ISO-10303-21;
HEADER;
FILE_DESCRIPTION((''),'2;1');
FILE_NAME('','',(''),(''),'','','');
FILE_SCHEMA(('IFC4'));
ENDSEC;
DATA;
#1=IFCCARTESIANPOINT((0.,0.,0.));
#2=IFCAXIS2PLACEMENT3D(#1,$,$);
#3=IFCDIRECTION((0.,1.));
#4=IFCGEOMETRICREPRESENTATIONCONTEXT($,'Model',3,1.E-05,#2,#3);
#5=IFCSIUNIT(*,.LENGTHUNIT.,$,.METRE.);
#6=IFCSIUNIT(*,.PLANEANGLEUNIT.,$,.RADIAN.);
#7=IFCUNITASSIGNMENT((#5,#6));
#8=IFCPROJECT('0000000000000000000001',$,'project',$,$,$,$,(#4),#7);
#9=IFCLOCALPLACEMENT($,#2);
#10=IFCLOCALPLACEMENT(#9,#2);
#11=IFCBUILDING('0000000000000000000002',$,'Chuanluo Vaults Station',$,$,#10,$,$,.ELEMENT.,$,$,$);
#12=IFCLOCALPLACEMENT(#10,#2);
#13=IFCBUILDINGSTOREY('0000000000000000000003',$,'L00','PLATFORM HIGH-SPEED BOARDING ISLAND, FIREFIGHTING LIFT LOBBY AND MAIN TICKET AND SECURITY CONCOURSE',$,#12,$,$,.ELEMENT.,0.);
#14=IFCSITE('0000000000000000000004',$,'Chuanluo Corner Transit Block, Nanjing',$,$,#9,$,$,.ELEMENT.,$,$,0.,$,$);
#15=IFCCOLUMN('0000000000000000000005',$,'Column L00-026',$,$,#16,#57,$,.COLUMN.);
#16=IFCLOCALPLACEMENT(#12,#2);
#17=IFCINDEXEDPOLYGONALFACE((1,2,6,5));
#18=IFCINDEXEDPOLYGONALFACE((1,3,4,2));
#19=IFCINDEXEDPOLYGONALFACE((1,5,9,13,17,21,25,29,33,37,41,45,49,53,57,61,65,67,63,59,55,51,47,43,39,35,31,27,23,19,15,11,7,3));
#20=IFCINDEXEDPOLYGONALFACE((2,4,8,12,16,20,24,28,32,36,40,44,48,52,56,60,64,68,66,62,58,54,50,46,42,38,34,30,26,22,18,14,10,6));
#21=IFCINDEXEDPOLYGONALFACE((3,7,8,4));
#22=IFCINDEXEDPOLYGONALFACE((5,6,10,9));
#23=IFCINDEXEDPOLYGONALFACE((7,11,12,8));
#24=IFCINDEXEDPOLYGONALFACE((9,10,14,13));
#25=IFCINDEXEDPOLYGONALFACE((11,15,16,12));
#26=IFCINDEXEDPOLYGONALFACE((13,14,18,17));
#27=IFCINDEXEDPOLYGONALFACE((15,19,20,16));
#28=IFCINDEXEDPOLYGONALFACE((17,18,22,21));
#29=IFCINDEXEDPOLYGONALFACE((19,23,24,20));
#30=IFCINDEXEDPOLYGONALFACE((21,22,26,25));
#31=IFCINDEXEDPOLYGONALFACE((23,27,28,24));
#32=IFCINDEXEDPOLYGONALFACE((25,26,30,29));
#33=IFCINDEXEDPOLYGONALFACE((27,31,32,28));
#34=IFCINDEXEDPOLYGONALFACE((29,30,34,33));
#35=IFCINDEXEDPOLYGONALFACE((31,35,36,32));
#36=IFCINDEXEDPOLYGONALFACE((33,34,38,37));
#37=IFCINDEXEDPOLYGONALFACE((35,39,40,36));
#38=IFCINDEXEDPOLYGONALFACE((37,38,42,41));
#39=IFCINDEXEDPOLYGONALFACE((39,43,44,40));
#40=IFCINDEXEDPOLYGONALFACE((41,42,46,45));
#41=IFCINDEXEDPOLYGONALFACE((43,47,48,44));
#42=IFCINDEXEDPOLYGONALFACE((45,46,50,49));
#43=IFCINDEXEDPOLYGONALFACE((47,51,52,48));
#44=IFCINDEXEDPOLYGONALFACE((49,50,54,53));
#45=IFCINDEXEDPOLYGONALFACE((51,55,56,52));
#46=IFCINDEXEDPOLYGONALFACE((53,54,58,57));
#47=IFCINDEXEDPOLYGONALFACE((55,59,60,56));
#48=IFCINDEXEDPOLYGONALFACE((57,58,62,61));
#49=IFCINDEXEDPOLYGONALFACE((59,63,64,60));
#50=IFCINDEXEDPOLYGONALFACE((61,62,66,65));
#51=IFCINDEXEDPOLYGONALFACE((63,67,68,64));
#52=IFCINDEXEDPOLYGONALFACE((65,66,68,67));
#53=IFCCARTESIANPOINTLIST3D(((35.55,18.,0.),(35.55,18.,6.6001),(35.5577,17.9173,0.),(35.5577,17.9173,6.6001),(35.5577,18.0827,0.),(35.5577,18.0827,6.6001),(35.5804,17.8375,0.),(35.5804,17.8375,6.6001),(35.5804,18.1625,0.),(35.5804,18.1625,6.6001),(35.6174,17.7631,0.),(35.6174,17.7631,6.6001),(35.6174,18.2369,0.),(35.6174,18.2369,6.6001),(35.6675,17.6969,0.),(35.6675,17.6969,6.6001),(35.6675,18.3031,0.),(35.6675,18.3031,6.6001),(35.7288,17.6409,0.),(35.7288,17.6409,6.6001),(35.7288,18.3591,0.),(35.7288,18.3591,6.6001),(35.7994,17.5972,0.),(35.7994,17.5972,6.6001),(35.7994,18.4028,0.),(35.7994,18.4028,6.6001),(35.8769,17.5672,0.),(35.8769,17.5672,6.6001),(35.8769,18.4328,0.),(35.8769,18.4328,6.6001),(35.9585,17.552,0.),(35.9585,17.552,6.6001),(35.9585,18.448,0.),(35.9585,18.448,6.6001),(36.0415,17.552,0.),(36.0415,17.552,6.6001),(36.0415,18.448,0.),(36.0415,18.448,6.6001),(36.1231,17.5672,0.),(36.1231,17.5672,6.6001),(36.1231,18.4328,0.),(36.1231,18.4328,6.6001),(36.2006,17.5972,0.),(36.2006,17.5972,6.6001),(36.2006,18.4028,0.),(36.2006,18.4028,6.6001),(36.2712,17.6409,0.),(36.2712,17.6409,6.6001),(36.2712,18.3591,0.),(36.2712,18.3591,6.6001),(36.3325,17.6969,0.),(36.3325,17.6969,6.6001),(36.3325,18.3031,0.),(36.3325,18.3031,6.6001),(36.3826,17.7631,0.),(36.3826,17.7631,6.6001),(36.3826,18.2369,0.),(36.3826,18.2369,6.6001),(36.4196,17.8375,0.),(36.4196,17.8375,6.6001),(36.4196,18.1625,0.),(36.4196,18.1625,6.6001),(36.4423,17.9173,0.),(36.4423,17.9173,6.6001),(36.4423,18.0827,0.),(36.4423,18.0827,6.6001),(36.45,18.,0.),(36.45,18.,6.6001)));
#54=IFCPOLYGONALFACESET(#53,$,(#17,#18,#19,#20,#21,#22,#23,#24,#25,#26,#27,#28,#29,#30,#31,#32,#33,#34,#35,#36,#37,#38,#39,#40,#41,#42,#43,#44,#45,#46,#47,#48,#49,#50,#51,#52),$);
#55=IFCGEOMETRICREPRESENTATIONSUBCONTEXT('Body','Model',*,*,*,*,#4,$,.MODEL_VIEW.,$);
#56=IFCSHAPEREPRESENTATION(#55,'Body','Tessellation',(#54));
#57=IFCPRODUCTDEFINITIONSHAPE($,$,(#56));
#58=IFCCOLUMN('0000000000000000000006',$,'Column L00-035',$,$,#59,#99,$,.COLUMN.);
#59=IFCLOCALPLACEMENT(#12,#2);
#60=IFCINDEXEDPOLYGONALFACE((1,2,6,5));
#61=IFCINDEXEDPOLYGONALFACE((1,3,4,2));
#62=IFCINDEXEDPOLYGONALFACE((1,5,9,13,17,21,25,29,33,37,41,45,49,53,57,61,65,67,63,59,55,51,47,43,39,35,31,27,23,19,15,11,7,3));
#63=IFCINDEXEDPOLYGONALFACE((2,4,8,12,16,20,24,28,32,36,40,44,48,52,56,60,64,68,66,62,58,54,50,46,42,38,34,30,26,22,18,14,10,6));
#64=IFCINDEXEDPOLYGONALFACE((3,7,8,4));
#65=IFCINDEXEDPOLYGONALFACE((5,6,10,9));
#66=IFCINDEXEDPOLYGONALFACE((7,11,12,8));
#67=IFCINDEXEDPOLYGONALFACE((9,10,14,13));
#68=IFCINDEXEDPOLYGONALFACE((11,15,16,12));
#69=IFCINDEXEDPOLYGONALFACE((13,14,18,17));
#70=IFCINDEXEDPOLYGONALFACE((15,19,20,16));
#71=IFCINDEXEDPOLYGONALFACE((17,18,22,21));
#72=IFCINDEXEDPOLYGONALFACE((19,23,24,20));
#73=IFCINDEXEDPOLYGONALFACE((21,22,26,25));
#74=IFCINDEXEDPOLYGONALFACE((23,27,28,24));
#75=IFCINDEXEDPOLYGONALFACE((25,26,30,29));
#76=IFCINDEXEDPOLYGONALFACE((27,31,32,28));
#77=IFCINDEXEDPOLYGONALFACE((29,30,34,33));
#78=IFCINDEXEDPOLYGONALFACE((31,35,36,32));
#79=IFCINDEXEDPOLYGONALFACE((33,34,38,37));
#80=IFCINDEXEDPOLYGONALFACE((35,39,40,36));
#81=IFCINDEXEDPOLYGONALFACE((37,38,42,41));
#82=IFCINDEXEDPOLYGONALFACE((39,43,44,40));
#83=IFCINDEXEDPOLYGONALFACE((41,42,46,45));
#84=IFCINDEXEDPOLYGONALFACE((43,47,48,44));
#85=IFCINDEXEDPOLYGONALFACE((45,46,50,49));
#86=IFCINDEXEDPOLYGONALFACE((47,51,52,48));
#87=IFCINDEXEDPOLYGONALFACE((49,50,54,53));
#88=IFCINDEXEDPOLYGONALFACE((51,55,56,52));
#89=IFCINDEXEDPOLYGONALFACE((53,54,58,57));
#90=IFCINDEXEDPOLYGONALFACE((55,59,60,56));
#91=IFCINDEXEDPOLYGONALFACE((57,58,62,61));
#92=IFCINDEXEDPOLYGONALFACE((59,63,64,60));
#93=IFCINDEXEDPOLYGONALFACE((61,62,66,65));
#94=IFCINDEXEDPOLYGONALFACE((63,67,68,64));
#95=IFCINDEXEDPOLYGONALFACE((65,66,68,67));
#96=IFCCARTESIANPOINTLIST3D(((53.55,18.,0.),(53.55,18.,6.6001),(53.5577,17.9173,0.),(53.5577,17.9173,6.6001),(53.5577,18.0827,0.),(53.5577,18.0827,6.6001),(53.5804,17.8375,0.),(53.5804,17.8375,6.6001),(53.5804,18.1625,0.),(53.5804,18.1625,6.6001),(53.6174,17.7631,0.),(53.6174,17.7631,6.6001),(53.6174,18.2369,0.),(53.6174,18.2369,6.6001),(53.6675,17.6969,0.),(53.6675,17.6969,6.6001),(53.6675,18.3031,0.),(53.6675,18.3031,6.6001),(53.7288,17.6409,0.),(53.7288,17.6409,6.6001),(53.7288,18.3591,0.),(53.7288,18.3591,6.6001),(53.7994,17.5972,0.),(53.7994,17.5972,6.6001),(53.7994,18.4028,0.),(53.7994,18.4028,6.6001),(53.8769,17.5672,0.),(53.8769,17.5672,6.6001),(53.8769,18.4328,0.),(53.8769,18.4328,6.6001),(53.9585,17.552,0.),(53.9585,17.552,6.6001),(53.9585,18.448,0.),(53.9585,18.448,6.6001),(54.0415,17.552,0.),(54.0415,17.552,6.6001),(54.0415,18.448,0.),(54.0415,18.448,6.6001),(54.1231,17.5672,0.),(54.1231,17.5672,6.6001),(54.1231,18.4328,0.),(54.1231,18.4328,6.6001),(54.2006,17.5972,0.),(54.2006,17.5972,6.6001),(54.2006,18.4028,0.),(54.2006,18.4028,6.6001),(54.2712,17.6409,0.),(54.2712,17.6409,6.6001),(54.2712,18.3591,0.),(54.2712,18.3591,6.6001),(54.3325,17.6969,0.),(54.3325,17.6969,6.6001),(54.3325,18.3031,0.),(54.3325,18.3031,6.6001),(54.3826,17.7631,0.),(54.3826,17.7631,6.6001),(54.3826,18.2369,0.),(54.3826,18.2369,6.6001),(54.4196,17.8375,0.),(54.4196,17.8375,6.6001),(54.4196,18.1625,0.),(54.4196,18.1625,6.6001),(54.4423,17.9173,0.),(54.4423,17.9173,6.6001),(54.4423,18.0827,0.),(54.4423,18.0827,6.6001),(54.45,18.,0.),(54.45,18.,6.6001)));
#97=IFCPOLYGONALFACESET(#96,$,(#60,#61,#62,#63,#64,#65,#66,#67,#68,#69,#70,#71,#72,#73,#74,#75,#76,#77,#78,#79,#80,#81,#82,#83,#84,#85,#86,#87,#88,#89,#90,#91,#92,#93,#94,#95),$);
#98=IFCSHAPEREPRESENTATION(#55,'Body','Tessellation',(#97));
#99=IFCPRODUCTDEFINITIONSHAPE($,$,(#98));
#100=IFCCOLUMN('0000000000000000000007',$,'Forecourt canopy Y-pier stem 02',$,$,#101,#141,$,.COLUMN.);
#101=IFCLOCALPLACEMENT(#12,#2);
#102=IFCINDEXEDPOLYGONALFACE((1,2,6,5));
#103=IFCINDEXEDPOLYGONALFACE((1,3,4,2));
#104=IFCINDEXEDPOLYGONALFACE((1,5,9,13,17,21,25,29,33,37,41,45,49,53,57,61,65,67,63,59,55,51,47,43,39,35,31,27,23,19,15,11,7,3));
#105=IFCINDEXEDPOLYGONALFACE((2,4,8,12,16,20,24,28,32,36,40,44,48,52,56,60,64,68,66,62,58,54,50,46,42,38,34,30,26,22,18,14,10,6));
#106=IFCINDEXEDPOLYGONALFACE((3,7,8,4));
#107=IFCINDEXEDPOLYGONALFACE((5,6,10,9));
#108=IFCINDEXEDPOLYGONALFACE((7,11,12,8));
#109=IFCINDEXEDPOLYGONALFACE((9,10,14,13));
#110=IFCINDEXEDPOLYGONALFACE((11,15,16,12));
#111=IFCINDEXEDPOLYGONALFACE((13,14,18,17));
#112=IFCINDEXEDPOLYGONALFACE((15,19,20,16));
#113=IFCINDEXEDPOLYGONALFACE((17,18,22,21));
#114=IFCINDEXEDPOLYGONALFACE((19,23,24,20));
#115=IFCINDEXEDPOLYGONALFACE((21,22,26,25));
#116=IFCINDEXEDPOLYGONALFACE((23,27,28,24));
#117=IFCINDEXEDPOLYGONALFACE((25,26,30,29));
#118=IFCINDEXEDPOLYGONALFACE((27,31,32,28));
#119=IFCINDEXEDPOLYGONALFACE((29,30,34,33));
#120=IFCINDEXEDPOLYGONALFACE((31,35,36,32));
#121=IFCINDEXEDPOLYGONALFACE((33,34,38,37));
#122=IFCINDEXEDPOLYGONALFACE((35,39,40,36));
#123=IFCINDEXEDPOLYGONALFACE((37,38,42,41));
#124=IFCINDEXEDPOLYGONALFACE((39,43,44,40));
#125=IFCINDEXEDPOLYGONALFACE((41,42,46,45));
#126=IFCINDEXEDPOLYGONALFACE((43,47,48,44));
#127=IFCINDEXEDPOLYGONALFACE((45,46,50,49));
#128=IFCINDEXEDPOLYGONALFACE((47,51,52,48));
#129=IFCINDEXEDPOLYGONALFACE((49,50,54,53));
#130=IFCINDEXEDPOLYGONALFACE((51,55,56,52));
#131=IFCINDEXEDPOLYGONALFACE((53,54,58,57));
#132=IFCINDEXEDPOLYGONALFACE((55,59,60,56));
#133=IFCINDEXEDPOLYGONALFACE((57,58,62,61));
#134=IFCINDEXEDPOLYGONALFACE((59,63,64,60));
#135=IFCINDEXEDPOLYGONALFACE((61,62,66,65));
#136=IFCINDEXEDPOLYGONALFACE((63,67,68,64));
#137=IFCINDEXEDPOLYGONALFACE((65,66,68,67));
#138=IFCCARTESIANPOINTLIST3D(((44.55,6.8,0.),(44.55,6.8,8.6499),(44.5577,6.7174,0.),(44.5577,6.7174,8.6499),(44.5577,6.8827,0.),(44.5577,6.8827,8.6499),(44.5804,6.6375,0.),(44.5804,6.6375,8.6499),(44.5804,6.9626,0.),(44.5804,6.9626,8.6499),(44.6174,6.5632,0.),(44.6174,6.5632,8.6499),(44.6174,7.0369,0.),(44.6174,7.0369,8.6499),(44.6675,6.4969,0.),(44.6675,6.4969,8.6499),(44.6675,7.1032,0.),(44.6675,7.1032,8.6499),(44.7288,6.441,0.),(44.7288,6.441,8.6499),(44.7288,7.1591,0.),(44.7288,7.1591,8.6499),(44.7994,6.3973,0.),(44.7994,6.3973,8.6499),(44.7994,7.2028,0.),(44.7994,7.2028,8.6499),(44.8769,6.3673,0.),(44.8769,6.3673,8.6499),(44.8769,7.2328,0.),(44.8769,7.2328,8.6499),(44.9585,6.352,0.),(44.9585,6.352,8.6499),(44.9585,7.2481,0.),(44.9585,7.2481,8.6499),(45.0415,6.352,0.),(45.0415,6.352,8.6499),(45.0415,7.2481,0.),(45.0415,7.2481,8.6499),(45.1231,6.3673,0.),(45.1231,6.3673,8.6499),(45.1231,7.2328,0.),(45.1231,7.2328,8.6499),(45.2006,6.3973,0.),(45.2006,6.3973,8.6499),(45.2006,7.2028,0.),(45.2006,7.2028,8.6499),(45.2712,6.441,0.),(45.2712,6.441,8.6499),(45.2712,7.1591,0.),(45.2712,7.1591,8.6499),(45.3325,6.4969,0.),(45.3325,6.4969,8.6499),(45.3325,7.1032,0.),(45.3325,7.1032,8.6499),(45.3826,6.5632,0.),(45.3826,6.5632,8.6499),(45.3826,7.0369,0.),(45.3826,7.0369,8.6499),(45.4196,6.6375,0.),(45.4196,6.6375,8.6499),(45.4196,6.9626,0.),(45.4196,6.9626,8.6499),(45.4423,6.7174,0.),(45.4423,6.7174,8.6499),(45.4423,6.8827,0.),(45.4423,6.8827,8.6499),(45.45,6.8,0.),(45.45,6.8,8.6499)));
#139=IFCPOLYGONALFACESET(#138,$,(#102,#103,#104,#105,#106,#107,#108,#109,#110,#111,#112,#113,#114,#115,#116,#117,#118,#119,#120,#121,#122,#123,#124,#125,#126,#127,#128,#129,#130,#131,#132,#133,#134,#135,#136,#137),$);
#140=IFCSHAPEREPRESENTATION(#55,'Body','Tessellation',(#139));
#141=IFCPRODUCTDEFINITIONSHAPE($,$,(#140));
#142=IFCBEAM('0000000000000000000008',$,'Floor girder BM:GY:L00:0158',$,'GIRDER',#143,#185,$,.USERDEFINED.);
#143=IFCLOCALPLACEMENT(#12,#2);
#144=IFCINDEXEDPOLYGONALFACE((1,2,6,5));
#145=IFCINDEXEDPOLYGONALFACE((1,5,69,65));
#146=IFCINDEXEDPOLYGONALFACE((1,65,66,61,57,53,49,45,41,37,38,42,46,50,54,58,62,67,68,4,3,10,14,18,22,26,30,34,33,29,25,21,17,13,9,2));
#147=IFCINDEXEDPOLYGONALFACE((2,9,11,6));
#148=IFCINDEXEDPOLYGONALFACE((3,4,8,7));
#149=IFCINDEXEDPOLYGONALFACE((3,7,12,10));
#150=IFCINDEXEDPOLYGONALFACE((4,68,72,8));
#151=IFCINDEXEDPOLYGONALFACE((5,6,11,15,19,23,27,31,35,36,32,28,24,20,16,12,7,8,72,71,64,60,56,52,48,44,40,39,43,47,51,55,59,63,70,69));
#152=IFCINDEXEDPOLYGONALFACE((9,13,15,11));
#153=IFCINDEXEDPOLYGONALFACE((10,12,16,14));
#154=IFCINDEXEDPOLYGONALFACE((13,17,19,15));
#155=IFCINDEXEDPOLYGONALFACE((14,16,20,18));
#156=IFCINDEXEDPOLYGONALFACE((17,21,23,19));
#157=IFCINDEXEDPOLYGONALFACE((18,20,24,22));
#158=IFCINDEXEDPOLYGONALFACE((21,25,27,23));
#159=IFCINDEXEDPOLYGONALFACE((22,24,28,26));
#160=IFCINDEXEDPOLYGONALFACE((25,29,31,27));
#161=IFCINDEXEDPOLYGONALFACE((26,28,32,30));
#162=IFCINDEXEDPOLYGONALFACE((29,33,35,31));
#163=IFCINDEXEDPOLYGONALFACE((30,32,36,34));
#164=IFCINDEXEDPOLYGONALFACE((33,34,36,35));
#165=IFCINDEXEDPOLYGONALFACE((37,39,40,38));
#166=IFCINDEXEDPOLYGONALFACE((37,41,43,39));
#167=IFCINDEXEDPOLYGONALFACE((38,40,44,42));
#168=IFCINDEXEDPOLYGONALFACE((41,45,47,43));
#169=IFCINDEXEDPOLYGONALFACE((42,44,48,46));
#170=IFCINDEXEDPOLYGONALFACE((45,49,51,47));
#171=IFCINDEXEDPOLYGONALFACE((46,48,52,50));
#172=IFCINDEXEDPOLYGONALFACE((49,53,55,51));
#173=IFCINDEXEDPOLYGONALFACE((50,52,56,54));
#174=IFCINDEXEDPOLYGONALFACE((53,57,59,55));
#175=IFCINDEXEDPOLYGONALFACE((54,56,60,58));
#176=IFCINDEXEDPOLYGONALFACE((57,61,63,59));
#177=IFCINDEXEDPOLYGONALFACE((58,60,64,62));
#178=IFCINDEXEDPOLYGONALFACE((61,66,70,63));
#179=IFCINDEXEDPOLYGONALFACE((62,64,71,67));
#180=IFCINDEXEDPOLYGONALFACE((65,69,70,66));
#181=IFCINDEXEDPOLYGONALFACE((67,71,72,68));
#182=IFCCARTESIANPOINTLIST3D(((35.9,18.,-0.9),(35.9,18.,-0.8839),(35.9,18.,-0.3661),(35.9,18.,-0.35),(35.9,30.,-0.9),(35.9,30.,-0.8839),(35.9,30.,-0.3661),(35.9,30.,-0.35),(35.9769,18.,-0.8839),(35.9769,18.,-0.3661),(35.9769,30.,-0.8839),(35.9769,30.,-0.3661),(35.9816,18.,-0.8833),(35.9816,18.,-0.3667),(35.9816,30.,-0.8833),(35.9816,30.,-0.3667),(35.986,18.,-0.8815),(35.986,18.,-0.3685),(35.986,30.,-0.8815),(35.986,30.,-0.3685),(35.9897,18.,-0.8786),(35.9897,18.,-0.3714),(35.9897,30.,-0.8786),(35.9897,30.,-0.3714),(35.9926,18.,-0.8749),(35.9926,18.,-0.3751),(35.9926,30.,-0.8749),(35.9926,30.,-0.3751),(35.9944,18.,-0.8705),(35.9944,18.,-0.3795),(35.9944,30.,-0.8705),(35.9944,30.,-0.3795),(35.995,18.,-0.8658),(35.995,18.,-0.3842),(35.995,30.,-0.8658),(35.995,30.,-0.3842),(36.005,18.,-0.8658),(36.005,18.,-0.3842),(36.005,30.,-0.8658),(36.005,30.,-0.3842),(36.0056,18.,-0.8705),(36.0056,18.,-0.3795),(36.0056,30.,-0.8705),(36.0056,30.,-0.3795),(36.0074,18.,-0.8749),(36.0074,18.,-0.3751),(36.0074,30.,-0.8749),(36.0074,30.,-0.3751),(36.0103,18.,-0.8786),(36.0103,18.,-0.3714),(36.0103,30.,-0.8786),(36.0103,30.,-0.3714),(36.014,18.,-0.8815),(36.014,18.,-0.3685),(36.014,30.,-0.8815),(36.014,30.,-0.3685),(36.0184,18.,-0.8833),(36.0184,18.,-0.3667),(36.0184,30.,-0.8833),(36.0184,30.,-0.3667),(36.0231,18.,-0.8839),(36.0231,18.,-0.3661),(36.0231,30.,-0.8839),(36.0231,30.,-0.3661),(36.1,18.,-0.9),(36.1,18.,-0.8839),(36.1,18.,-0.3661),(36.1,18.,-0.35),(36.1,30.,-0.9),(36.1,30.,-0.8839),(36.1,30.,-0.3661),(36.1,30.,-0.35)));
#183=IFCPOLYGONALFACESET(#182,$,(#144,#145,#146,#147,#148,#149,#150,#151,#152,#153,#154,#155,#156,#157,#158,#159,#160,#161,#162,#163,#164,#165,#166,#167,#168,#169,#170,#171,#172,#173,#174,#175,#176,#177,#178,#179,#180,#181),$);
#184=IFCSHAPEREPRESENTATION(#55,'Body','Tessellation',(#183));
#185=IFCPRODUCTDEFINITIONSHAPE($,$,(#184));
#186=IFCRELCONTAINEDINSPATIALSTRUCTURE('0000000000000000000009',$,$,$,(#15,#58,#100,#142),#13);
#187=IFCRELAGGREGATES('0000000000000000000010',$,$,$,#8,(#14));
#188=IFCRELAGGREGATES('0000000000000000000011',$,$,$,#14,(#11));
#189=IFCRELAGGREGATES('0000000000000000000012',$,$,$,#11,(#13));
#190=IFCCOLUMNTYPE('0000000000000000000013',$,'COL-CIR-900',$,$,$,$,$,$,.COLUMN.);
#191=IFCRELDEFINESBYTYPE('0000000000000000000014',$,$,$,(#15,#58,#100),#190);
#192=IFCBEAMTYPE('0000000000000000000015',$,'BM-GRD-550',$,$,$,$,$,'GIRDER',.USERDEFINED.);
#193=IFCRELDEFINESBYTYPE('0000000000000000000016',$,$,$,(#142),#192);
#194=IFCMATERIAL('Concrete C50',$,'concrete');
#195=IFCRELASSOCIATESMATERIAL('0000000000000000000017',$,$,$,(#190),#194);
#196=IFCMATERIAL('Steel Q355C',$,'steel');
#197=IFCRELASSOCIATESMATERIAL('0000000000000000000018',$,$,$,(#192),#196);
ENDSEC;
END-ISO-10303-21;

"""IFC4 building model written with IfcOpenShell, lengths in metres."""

from ifc_helpers import new_model, si_unit, direction, frame, origin, origin_2d, place, context, subcontext, project, spatial, circle, i_section, extrude, material, material_profile, profile_set, type_object, element, save


model = new_model("IFC4")

# Units and contexts
model_context = context("Model", 3, precision=1e-05, world=origin(), true_north=direction((0.0, 1.0)))
body_context = subcontext(model_context, "Body", "Model", "MODEL_VIEW")
ifc_project = project(units=[si_unit("LENGTHUNIT", "METRE"), si_unit("PLANEANGLEUNIT", "RADIAN")], contexts=[model_context])

# Site, building, storey
site_placement = place(None, origin())
site = spatial("IfcSite", under=ifc_project, at=site_placement, Name="Chuanluo Corner Transit Block, Nanjing", CompositionType="ELEMENT", RefElevation=0.0)
building_placement = place(site_placement, origin())
building = spatial("IfcBuilding", under=site, at=building_placement, Name="Chuanluo Vaults Station", CompositionType="ELEMENT")
storey_placement = place(building_placement, origin())
storey = spatial("IfcBuildingStorey", under=building, at=storey_placement, Name="L00", Description="PLATFORM HIGH-SPEED BOARDING ISLAND, FIREFIGHTING LIFT LOBBY AND MAIN TICKET AND SECURITY CONCOURSE", CompositionType="ELEMENT", Elevation=0.0)

# Columns
ifc_material_1 = material(Name="Concrete C50", Category="concrete")
ifc_material_profile_1 = material_profile(ifc_material_1, circle(Radius=0.45, at=origin_2d()))
ifc_profile_set_1 = profile_set([ifc_material_profile_1], Name="Concrete C50")
column_type = type_object("IfcColumnType", Name="COL-CIR-900", PredefinedType="COLUMN", material=ifc_profile_set_1)
for number, where, z_axis, x_axis, name in (
    (1, (36.0, 18.0, 0.0), (0.0, 0.0, 1.0), (1.0, 0.0, 0.0), "Column L00-026"),
    (2, (54.0, 18.0, 0.0), (0.0, 0.0, 1.0), (1.0, 0.0, 0.0), "Column L00-035"),
):
    element("IfcColumn", number, at=place(storey_placement, frame(where, z_axis=z_axis, x_axis=x_axis)), inside=storey, type_object=column_type, Name=name, PredefinedType="COLUMN", context=body_context, shape_type="SweptSolid", body=[
        extrude(circle(Radius=0.45, at=origin_2d()), origin(), (0.0, 0.0, 1.0), 6.6001),
    ])
column_placement = place(storey_placement, frame((45.0, 6.8, 0.0), z_axis=(0.0, 0.0, 1.0), x_axis=(1.0, 0.0, 0.0)))
element("IfcColumn", 3, at=column_placement, inside=storey, type_object=column_type, Name="Forecourt canopy Y-pier stem 02", PredefinedType="COLUMN", context=body_context, shape_type="SweptSolid", body=[
    extrude(circle(Radius=0.45, at=origin_2d()), origin(), (0.0, 0.0, 1.0), 8.6499),
])

# Beam
ifc_material_2 = material(Name="Steel Q355C", Category="steel")
ifc_material_profile_2 = material_profile(ifc_material_2, i_section(OverallWidth=0.2, OverallDepth=0.55, WebThickness=0.01, FlangeThickness=0.0161, FilletRadius=0.0181, at=origin_2d()))
ifc_profile_set_2 = profile_set([ifc_material_profile_2], Name="Steel Q355C")
beam_type_1 = type_object("IfcBeamType", Name="BM-GRD-550", ElementType="GIRDER", PredefinedType="USERDEFINED", material=ifc_profile_set_2)
for number, where, z_axis, x_axis, name in (
    (4, (36.0, 18.0, -0.625), (0.0, 1.0, 0.0), (-1.0, 0.0, 0.0), "Floor girder BM:GY:L00:0158"),
):
    element("IfcBeam", number, at=place(storey_placement, frame(where, z_axis=z_axis, x_axis=x_axis)), inside=storey, type_object=beam_type_1, Name=name, ObjectType="GIRDER", PredefinedType="USERDEFINED", context=body_context, shape_type="SweptSolid", body=[
        extrude(i_section(OverallWidth=0.2, OverallDepth=0.55, WebThickness=0.01, FlangeThickness=0.0161, FilletRadius=0.0181, at=origin_2d()), origin(), (0.0, 0.0, 1.0), 12.0),
    ])

save(model, "model.ifc")
